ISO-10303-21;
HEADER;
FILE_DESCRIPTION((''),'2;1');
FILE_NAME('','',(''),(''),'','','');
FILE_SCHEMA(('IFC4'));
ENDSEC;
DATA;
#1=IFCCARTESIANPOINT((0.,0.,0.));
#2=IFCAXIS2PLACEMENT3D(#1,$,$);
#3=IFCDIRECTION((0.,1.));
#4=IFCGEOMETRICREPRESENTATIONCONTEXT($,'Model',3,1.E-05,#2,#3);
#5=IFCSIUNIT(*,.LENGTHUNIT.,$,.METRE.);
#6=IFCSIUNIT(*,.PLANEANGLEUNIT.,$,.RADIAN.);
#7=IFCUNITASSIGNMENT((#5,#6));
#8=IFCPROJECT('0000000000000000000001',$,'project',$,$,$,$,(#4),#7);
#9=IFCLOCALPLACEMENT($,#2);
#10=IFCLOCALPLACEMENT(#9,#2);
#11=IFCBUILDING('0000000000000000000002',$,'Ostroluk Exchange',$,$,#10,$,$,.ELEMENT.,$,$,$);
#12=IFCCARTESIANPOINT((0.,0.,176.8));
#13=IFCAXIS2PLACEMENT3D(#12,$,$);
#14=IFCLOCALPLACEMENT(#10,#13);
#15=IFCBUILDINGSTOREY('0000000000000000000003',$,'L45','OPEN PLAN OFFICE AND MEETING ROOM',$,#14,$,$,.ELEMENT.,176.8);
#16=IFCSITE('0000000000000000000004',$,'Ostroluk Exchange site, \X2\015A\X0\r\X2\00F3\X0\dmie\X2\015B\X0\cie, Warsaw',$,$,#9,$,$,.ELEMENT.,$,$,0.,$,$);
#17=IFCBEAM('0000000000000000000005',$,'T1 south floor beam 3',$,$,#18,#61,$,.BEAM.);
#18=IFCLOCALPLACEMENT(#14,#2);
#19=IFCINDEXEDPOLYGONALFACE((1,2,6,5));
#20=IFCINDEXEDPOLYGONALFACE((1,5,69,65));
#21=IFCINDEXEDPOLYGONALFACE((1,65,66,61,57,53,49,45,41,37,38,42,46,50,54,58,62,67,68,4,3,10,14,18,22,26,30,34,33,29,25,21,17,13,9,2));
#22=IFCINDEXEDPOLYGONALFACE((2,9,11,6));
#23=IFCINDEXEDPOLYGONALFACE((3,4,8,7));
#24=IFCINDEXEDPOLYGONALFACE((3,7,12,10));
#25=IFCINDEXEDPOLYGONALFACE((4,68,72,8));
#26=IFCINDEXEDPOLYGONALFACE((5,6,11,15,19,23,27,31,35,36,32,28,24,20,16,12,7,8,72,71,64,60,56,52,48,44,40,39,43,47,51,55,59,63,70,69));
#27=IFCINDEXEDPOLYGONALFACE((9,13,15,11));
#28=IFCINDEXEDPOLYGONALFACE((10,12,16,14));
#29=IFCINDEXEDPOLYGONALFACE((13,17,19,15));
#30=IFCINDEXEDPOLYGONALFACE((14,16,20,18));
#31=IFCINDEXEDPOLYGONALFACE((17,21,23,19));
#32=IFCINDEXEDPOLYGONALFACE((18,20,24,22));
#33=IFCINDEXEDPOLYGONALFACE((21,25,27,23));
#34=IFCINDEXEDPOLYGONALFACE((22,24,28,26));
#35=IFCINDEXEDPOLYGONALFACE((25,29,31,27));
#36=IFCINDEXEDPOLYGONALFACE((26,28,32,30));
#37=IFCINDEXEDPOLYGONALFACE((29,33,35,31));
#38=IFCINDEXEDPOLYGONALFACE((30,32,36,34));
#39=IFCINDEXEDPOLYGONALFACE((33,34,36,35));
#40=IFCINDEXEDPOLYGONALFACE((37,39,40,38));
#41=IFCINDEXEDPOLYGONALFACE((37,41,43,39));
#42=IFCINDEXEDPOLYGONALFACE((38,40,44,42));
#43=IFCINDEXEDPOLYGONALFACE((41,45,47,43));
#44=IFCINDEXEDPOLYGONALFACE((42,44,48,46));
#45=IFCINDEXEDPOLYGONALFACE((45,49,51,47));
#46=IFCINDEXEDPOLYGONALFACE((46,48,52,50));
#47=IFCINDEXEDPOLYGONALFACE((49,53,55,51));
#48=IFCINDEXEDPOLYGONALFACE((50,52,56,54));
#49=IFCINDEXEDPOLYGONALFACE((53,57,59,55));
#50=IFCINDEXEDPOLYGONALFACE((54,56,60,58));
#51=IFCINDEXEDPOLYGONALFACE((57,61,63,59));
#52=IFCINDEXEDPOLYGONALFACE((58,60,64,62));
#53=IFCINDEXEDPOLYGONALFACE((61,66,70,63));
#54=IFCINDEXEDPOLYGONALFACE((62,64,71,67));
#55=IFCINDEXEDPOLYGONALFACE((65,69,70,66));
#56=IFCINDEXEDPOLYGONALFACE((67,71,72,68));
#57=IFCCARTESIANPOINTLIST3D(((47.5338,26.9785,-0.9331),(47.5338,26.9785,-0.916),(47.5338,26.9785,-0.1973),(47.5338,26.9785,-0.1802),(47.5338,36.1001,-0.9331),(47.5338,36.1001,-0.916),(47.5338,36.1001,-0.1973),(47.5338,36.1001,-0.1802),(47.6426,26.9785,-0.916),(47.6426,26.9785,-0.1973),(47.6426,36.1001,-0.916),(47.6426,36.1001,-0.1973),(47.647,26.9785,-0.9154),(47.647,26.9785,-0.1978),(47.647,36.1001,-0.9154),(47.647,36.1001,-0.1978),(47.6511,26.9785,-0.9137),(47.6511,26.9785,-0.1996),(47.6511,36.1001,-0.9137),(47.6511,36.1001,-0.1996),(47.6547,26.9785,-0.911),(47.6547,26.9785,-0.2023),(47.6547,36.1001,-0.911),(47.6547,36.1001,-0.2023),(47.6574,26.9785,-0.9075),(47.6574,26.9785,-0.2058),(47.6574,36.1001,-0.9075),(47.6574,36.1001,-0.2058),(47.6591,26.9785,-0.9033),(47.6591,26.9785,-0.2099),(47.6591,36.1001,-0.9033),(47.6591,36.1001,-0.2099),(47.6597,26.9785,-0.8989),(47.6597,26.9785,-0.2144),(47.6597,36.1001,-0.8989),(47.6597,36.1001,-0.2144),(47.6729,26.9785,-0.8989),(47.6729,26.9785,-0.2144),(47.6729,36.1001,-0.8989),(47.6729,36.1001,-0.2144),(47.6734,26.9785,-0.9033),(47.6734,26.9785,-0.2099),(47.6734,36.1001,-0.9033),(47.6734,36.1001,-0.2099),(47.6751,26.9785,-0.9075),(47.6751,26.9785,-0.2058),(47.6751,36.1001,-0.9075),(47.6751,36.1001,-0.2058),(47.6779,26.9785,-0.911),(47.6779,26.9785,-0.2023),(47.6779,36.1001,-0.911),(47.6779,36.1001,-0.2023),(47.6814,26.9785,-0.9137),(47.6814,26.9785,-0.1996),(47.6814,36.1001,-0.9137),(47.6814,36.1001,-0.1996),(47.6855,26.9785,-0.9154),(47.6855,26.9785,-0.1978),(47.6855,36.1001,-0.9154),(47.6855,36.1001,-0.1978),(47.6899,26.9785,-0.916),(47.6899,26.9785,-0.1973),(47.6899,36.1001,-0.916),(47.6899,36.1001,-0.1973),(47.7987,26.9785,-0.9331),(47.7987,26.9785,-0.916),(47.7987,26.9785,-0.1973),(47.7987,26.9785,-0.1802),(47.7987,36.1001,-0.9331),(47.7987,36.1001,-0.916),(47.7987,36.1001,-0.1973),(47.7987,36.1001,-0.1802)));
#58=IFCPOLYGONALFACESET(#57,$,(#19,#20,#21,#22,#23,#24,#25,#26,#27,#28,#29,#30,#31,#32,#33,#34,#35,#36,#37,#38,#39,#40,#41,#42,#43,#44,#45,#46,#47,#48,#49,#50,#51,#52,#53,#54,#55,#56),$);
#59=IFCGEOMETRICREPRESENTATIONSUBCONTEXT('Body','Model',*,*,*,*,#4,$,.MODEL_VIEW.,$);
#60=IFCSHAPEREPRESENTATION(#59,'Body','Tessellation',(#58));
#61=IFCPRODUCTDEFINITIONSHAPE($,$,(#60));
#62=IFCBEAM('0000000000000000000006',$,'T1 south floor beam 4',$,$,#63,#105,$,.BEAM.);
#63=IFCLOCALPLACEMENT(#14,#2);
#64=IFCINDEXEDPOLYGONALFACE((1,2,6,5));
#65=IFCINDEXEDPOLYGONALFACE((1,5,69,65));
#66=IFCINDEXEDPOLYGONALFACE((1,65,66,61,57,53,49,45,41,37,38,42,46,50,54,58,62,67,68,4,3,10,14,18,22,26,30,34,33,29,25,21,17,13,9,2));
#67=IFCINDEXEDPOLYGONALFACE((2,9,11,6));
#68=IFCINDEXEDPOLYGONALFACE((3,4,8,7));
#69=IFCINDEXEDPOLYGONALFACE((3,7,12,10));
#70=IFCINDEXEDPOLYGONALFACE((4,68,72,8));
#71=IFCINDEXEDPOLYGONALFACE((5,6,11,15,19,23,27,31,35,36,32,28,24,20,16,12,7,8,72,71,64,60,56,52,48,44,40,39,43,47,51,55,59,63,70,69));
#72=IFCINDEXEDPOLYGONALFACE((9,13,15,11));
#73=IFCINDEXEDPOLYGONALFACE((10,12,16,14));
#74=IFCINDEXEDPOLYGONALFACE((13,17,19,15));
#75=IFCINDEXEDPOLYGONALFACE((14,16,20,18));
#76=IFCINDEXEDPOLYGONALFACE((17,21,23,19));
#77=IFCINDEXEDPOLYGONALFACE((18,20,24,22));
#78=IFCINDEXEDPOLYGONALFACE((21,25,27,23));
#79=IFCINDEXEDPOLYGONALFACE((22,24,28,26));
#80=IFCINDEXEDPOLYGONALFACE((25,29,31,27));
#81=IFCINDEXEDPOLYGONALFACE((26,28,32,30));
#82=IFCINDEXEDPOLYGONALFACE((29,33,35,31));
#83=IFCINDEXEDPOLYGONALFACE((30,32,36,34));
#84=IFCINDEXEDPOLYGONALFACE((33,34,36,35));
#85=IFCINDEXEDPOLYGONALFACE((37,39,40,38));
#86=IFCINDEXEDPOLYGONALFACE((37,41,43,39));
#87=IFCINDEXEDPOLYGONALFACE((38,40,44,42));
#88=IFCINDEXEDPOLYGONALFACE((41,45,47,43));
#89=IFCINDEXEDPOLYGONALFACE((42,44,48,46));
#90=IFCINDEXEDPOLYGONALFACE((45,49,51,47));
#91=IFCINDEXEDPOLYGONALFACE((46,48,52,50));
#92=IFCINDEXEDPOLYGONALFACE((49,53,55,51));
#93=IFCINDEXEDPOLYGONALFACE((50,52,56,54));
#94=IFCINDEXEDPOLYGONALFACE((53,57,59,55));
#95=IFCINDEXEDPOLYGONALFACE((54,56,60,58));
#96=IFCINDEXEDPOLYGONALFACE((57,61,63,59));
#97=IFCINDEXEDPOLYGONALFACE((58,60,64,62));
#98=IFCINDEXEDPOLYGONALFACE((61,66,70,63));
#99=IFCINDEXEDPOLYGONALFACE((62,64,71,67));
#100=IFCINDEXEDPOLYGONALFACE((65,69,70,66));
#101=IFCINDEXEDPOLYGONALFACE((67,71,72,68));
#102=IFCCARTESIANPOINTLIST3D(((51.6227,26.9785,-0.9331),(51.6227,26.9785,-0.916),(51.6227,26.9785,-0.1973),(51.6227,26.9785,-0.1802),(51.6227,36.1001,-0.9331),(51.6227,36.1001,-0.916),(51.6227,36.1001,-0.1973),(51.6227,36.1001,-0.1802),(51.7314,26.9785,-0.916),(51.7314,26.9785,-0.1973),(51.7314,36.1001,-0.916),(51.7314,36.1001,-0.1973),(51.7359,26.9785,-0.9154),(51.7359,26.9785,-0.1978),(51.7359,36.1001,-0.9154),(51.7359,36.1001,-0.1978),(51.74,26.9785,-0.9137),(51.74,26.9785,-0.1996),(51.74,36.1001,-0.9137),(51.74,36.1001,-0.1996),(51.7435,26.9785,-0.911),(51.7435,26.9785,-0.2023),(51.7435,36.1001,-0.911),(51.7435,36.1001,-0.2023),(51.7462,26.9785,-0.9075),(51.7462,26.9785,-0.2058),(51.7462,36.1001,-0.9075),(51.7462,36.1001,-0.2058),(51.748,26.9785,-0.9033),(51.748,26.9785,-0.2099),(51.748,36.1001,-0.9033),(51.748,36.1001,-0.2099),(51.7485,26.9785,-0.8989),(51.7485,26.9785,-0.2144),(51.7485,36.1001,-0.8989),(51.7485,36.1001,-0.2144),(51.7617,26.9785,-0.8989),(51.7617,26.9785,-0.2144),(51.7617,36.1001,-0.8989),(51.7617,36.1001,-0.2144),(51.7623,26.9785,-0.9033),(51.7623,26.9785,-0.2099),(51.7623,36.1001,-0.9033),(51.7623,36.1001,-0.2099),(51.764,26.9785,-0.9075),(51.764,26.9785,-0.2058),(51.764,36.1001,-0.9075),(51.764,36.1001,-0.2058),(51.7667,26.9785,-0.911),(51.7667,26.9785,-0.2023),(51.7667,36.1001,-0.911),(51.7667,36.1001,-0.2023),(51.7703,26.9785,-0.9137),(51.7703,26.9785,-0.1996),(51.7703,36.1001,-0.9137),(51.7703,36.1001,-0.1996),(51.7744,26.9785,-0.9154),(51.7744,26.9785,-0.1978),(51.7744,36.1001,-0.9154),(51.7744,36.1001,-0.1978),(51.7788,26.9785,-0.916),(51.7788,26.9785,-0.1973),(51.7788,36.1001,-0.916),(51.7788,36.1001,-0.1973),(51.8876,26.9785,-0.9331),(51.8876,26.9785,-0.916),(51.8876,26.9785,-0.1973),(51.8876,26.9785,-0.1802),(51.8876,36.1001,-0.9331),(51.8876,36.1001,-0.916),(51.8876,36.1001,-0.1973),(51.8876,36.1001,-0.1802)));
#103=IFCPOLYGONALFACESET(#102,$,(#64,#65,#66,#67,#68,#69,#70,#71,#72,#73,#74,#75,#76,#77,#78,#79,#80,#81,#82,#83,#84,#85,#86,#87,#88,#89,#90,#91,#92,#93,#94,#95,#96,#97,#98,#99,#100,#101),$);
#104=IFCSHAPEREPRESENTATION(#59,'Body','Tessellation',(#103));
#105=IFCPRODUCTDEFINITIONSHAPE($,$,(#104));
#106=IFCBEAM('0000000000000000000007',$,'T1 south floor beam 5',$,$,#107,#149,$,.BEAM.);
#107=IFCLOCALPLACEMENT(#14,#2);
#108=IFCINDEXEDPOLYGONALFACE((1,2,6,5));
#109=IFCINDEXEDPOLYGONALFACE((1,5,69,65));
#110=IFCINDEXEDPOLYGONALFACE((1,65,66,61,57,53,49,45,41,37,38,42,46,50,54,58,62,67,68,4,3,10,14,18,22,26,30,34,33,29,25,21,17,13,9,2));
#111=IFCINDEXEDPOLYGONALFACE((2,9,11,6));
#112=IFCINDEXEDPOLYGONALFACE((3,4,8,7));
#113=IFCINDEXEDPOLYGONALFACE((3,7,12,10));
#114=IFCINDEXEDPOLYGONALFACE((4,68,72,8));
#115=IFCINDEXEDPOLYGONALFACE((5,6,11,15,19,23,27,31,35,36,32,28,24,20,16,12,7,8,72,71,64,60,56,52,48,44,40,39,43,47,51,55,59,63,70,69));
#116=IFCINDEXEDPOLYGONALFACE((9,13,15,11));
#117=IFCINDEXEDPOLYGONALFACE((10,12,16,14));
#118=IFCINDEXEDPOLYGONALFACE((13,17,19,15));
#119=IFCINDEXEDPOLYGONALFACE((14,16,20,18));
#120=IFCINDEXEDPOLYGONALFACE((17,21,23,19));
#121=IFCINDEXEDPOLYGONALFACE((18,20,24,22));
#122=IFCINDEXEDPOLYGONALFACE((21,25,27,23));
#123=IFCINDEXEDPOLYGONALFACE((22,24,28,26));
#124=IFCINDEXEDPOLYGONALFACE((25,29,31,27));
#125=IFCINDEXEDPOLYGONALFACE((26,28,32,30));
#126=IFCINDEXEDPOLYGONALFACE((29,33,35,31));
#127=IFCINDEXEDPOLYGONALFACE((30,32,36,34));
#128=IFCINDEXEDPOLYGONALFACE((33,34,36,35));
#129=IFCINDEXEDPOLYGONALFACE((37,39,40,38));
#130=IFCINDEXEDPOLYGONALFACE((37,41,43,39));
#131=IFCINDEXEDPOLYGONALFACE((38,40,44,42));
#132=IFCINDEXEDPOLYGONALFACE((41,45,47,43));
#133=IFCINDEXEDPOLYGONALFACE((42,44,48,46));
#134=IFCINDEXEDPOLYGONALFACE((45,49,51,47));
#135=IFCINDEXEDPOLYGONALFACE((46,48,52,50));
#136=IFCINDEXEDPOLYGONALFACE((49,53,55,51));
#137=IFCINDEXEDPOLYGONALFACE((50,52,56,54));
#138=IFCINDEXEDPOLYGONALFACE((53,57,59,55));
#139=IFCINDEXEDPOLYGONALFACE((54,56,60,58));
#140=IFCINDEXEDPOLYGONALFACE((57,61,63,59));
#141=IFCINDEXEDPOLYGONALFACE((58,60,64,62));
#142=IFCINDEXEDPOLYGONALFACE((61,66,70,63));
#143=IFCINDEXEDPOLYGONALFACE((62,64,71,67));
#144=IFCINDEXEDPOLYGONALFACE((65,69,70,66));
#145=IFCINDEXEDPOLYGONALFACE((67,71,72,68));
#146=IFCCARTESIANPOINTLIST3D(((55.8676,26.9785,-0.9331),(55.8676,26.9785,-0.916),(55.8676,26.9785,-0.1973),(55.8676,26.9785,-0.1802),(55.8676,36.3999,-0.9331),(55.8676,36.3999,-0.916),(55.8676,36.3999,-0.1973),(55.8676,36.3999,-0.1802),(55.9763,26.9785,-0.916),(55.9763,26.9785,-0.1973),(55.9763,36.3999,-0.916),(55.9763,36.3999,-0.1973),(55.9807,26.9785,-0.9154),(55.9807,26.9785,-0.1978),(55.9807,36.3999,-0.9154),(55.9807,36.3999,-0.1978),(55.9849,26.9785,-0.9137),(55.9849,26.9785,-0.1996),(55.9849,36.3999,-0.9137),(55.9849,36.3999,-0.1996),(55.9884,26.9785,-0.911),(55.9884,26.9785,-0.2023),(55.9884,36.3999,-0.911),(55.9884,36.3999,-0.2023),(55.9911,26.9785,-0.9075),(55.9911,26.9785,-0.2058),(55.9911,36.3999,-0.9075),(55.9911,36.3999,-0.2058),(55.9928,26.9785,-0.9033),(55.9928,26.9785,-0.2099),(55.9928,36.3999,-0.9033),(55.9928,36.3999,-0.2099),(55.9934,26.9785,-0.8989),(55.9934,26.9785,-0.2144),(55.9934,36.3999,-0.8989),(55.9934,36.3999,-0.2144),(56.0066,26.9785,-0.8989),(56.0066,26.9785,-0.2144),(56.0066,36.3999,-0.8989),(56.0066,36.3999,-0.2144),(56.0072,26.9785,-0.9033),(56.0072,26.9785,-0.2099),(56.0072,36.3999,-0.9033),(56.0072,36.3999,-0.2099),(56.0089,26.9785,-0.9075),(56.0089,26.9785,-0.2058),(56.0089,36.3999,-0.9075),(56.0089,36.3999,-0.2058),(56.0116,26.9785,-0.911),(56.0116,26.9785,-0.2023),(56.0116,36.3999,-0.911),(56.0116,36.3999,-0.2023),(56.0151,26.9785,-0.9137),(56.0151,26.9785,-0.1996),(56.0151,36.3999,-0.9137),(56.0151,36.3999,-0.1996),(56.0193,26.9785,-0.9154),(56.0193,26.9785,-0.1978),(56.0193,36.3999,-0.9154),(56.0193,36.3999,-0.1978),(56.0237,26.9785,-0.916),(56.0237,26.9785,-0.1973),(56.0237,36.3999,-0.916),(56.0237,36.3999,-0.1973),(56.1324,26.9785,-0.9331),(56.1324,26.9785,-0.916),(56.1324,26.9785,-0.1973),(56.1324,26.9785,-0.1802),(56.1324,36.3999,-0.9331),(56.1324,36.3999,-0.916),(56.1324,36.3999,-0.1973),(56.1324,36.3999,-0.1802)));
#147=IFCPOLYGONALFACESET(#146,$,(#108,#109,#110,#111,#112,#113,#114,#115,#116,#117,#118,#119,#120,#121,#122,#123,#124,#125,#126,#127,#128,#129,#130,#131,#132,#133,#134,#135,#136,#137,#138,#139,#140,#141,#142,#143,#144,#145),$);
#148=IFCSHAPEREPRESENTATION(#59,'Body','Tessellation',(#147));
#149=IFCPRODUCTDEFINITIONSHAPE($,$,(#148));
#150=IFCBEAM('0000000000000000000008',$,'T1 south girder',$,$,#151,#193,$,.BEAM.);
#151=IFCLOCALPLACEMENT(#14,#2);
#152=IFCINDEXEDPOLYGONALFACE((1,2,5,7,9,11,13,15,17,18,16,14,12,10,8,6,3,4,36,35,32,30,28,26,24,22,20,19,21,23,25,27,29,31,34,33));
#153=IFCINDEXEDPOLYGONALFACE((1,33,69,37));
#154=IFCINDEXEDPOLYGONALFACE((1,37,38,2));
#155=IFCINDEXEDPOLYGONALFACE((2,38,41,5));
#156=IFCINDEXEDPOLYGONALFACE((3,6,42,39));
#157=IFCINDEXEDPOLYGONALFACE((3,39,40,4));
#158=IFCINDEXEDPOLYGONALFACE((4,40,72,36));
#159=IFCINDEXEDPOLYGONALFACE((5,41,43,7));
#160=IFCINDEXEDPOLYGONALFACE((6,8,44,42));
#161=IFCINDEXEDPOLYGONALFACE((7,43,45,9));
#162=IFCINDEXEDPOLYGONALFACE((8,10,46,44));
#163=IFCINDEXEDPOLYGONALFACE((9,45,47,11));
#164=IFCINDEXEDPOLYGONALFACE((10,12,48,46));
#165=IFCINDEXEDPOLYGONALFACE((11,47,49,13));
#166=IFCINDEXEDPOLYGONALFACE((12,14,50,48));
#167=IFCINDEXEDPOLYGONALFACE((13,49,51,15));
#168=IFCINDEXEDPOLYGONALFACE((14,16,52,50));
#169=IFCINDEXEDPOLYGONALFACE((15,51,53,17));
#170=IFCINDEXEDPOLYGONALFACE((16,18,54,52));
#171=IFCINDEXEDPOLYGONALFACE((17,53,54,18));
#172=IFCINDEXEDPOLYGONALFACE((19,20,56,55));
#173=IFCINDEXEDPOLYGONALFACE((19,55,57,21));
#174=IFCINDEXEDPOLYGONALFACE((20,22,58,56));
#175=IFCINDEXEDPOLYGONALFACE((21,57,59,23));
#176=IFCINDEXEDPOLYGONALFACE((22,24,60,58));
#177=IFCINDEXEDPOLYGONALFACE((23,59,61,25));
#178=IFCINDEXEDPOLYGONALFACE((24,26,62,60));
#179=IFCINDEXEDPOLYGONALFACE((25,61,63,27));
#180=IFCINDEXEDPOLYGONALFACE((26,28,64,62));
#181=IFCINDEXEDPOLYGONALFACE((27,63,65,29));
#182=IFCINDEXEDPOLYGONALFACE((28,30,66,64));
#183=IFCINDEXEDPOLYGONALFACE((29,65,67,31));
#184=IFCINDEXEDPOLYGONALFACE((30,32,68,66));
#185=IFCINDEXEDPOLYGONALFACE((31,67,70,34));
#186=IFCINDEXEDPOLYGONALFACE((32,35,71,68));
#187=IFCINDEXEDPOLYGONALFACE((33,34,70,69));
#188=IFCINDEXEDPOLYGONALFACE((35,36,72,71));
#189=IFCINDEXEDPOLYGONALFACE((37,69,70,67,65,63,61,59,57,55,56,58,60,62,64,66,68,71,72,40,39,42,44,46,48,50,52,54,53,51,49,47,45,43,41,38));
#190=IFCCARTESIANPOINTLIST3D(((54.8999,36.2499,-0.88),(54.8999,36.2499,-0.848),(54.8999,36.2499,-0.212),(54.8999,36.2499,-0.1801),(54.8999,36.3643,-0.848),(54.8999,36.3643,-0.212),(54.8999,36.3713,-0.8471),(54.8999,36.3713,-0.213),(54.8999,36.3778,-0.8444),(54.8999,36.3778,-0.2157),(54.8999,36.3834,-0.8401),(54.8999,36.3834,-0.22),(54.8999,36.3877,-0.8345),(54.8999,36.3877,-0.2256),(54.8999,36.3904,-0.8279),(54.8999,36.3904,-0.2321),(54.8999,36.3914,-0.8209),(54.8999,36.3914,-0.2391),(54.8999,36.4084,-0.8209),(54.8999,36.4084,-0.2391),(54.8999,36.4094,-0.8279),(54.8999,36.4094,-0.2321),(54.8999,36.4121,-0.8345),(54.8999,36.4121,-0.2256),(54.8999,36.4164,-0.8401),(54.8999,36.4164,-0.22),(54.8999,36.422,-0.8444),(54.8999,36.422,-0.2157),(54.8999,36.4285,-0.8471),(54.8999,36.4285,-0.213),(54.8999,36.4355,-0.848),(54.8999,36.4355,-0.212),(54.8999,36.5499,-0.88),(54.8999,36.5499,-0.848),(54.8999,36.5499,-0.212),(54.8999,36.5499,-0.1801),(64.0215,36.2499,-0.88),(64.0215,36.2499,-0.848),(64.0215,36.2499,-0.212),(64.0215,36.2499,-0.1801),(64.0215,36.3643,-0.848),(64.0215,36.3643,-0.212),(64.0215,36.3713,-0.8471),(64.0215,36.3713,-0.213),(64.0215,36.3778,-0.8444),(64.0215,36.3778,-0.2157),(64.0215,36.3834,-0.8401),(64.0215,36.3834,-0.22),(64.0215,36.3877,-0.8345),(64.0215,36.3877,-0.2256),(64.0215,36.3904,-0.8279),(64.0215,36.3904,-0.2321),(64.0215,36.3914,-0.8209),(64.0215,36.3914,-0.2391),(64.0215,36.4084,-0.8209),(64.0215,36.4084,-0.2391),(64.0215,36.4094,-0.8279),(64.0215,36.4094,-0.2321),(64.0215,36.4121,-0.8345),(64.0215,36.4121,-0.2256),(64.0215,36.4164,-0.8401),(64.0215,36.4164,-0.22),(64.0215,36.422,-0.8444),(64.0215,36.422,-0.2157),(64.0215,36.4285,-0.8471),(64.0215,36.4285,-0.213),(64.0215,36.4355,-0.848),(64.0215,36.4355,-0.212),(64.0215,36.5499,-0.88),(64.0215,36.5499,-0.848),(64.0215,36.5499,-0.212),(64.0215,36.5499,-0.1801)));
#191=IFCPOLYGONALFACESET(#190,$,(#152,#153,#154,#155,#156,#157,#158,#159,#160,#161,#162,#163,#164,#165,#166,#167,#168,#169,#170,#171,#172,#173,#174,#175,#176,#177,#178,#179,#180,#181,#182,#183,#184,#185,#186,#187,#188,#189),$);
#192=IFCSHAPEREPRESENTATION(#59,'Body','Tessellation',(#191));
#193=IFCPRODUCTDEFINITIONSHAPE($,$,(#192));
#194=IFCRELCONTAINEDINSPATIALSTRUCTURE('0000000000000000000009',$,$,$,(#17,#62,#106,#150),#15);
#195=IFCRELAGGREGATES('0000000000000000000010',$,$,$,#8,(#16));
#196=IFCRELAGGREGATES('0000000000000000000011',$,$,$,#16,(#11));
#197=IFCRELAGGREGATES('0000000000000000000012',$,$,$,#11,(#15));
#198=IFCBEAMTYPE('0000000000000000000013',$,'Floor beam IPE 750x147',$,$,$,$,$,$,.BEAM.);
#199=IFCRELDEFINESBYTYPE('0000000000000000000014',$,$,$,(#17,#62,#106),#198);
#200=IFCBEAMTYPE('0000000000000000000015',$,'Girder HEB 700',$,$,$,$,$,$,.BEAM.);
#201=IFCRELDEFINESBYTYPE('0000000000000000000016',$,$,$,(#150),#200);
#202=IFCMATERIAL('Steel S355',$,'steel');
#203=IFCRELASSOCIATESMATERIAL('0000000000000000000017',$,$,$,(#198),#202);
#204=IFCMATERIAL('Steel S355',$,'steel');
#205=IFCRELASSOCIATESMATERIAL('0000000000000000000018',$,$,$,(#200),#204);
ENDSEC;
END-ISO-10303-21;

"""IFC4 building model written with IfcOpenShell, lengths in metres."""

from ifc_helpers import new_model, si_unit, direction, frame, origin, origin_2d, place, context, subcontext, project, spatial, i_section, extrude, material, material_profile, profile_set, type_object, element, save


model = new_model("IFC4")

# Units and contexts
model_context = context("Model", 3, precision=1e-05, world=origin(), true_north=direction((0.0, 1.0)))
body_context = subcontext(model_context, "Body", "Model", "MODEL_VIEW")
ifc_project = project(units=[si_unit("LENGTHUNIT", "METRE"), si_unit("PLANEANGLEUNIT", "RADIAN")], contexts=[model_context])

# Site, building, storey
site_placement = place(None, origin())
site = spatial("IfcSite", under=ifc_project, at=site_placement, Name="Ostroluk Exchange site, Śródmieście, Warsaw", CompositionType="ELEMENT", RefElevation=0.0)
building_placement = place(site_placement, origin())
building = spatial("IfcBuilding", under=site, at=building_placement, Name="Ostroluk Exchange", CompositionType="ELEMENT")
storey_placement = place(building_placement, frame((0.0, 0.0, 176.8)))
storey = spatial("IfcBuildingStorey", under=building, at=storey_placement, Name="L45", Description="OPEN PLAN OFFICE AND MEETING ROOM", CompositionType="ELEMENT", Elevation=176.8)

# Beams
ifc_material_1 = material(Name="Steel S355", Category="steel")
ifc_material_profile_1 = material_profile(ifc_material_1, i_section(OverallWidth=0.2649, OverallDepth=0.7529, WebThickness=0.0132, FlangeThickness=0.0171, FilletRadius=0.0171, at=origin_2d()), Name="IPE 750x147")
ifc_profile_set_1 = profile_set([ifc_material_profile_1], Name="Steel S355")
beam_type_1 = type_object("IfcBeamType", Name="Floor beam IPE 750x147", PredefinedType="BEAM", material=ifc_profile_set_1)
for number, where, z_axis, x_axis, name in (
    (1, (47.6663, 36.1001, -0.5566), (0.0, -1.0, 0.0), (1.0, 0.0, 0.0), "T1 south floor beam 3"),
    (2, (51.7551, 36.1001, -0.5566), (0.0, -1.0, 0.0), (1.0, 0.0, 0.0), "T1 south floor beam 4"),
):
    element("IfcBeam", number, at=place(storey_placement, frame(where, z_axis=z_axis, x_axis=x_axis)), inside=storey, type_object=beam_type_1, Name=name, PredefinedType="BEAM", context=body_context, shape_type="SweptSolid", body=[
        extrude(i_section(OverallWidth=0.2649, OverallDepth=0.7529, WebThickness=0.0132, FlangeThickness=0.0171, FilletRadius=0.0171, at=origin_2d()), origin(), (0.0, 0.0, 1.0), 9.1216),
    ])
beam_1_placement = place(storey_placement, frame((56.0, 36.3999, -0.5566), z_axis=(0.0, -1.0, 0.0), x_axis=(1.0, 0.0, 0.0)))
element("IfcBeam", 3, at=beam_1_placement, inside=storey, type_object=beam_type_1, Name="T1 south floor beam 5", PredefinedType="BEAM", context=body_context, shape_type="SweptSolid", body=[
    extrude(i_section(OverallWidth=0.2649, OverallDepth=0.7529, WebThickness=0.0132, FlangeThickness=0.0171, FilletRadius=0.0171, at=origin_2d()), origin(), (0.0, 0.0, 1.0), 9.4214),
])
ifc_material_2 = material(Name="Steel S355", Category="steel")
ifc_material_profile_2 = material_profile(ifc_material_2, i_section(OverallWidth=0.3, OverallDepth=0.7, WebThickness=0.0171, FlangeThickness=0.032, FilletRadius=0.0271, at=origin_2d()), Name="HEB 700")
ifc_profile_set_2 = profile_set([ifc_material_profile_2], Name="Steel S355")
beam_type_2 = type_object("IfcBeamType", Name="Girder HEB 700", PredefinedType="BEAM", material=ifc_profile_set_2)
beam_2_placement = place(storey_placement, frame((54.8999, 36.3999, -0.53), z_axis=(1.0, 0.0, 0.0), x_axis=(0.0, 1.0, 0.0)))
element("IfcBeam", 4, at=beam_2_placement, inside=storey, type_object=beam_type_2, Name="T1 south girder", PredefinedType="BEAM", context=body_context, shape_type="SweptSolid", body=[
    extrude(i_section(OverallWidth=0.3, OverallDepth=0.7, WebThickness=0.0171, FlangeThickness=0.032, FilletRadius=0.0271, at=origin_2d()), origin(), (0.0, 0.0, 1.0), 9.1216),
])

save(model, "model.ifc")
